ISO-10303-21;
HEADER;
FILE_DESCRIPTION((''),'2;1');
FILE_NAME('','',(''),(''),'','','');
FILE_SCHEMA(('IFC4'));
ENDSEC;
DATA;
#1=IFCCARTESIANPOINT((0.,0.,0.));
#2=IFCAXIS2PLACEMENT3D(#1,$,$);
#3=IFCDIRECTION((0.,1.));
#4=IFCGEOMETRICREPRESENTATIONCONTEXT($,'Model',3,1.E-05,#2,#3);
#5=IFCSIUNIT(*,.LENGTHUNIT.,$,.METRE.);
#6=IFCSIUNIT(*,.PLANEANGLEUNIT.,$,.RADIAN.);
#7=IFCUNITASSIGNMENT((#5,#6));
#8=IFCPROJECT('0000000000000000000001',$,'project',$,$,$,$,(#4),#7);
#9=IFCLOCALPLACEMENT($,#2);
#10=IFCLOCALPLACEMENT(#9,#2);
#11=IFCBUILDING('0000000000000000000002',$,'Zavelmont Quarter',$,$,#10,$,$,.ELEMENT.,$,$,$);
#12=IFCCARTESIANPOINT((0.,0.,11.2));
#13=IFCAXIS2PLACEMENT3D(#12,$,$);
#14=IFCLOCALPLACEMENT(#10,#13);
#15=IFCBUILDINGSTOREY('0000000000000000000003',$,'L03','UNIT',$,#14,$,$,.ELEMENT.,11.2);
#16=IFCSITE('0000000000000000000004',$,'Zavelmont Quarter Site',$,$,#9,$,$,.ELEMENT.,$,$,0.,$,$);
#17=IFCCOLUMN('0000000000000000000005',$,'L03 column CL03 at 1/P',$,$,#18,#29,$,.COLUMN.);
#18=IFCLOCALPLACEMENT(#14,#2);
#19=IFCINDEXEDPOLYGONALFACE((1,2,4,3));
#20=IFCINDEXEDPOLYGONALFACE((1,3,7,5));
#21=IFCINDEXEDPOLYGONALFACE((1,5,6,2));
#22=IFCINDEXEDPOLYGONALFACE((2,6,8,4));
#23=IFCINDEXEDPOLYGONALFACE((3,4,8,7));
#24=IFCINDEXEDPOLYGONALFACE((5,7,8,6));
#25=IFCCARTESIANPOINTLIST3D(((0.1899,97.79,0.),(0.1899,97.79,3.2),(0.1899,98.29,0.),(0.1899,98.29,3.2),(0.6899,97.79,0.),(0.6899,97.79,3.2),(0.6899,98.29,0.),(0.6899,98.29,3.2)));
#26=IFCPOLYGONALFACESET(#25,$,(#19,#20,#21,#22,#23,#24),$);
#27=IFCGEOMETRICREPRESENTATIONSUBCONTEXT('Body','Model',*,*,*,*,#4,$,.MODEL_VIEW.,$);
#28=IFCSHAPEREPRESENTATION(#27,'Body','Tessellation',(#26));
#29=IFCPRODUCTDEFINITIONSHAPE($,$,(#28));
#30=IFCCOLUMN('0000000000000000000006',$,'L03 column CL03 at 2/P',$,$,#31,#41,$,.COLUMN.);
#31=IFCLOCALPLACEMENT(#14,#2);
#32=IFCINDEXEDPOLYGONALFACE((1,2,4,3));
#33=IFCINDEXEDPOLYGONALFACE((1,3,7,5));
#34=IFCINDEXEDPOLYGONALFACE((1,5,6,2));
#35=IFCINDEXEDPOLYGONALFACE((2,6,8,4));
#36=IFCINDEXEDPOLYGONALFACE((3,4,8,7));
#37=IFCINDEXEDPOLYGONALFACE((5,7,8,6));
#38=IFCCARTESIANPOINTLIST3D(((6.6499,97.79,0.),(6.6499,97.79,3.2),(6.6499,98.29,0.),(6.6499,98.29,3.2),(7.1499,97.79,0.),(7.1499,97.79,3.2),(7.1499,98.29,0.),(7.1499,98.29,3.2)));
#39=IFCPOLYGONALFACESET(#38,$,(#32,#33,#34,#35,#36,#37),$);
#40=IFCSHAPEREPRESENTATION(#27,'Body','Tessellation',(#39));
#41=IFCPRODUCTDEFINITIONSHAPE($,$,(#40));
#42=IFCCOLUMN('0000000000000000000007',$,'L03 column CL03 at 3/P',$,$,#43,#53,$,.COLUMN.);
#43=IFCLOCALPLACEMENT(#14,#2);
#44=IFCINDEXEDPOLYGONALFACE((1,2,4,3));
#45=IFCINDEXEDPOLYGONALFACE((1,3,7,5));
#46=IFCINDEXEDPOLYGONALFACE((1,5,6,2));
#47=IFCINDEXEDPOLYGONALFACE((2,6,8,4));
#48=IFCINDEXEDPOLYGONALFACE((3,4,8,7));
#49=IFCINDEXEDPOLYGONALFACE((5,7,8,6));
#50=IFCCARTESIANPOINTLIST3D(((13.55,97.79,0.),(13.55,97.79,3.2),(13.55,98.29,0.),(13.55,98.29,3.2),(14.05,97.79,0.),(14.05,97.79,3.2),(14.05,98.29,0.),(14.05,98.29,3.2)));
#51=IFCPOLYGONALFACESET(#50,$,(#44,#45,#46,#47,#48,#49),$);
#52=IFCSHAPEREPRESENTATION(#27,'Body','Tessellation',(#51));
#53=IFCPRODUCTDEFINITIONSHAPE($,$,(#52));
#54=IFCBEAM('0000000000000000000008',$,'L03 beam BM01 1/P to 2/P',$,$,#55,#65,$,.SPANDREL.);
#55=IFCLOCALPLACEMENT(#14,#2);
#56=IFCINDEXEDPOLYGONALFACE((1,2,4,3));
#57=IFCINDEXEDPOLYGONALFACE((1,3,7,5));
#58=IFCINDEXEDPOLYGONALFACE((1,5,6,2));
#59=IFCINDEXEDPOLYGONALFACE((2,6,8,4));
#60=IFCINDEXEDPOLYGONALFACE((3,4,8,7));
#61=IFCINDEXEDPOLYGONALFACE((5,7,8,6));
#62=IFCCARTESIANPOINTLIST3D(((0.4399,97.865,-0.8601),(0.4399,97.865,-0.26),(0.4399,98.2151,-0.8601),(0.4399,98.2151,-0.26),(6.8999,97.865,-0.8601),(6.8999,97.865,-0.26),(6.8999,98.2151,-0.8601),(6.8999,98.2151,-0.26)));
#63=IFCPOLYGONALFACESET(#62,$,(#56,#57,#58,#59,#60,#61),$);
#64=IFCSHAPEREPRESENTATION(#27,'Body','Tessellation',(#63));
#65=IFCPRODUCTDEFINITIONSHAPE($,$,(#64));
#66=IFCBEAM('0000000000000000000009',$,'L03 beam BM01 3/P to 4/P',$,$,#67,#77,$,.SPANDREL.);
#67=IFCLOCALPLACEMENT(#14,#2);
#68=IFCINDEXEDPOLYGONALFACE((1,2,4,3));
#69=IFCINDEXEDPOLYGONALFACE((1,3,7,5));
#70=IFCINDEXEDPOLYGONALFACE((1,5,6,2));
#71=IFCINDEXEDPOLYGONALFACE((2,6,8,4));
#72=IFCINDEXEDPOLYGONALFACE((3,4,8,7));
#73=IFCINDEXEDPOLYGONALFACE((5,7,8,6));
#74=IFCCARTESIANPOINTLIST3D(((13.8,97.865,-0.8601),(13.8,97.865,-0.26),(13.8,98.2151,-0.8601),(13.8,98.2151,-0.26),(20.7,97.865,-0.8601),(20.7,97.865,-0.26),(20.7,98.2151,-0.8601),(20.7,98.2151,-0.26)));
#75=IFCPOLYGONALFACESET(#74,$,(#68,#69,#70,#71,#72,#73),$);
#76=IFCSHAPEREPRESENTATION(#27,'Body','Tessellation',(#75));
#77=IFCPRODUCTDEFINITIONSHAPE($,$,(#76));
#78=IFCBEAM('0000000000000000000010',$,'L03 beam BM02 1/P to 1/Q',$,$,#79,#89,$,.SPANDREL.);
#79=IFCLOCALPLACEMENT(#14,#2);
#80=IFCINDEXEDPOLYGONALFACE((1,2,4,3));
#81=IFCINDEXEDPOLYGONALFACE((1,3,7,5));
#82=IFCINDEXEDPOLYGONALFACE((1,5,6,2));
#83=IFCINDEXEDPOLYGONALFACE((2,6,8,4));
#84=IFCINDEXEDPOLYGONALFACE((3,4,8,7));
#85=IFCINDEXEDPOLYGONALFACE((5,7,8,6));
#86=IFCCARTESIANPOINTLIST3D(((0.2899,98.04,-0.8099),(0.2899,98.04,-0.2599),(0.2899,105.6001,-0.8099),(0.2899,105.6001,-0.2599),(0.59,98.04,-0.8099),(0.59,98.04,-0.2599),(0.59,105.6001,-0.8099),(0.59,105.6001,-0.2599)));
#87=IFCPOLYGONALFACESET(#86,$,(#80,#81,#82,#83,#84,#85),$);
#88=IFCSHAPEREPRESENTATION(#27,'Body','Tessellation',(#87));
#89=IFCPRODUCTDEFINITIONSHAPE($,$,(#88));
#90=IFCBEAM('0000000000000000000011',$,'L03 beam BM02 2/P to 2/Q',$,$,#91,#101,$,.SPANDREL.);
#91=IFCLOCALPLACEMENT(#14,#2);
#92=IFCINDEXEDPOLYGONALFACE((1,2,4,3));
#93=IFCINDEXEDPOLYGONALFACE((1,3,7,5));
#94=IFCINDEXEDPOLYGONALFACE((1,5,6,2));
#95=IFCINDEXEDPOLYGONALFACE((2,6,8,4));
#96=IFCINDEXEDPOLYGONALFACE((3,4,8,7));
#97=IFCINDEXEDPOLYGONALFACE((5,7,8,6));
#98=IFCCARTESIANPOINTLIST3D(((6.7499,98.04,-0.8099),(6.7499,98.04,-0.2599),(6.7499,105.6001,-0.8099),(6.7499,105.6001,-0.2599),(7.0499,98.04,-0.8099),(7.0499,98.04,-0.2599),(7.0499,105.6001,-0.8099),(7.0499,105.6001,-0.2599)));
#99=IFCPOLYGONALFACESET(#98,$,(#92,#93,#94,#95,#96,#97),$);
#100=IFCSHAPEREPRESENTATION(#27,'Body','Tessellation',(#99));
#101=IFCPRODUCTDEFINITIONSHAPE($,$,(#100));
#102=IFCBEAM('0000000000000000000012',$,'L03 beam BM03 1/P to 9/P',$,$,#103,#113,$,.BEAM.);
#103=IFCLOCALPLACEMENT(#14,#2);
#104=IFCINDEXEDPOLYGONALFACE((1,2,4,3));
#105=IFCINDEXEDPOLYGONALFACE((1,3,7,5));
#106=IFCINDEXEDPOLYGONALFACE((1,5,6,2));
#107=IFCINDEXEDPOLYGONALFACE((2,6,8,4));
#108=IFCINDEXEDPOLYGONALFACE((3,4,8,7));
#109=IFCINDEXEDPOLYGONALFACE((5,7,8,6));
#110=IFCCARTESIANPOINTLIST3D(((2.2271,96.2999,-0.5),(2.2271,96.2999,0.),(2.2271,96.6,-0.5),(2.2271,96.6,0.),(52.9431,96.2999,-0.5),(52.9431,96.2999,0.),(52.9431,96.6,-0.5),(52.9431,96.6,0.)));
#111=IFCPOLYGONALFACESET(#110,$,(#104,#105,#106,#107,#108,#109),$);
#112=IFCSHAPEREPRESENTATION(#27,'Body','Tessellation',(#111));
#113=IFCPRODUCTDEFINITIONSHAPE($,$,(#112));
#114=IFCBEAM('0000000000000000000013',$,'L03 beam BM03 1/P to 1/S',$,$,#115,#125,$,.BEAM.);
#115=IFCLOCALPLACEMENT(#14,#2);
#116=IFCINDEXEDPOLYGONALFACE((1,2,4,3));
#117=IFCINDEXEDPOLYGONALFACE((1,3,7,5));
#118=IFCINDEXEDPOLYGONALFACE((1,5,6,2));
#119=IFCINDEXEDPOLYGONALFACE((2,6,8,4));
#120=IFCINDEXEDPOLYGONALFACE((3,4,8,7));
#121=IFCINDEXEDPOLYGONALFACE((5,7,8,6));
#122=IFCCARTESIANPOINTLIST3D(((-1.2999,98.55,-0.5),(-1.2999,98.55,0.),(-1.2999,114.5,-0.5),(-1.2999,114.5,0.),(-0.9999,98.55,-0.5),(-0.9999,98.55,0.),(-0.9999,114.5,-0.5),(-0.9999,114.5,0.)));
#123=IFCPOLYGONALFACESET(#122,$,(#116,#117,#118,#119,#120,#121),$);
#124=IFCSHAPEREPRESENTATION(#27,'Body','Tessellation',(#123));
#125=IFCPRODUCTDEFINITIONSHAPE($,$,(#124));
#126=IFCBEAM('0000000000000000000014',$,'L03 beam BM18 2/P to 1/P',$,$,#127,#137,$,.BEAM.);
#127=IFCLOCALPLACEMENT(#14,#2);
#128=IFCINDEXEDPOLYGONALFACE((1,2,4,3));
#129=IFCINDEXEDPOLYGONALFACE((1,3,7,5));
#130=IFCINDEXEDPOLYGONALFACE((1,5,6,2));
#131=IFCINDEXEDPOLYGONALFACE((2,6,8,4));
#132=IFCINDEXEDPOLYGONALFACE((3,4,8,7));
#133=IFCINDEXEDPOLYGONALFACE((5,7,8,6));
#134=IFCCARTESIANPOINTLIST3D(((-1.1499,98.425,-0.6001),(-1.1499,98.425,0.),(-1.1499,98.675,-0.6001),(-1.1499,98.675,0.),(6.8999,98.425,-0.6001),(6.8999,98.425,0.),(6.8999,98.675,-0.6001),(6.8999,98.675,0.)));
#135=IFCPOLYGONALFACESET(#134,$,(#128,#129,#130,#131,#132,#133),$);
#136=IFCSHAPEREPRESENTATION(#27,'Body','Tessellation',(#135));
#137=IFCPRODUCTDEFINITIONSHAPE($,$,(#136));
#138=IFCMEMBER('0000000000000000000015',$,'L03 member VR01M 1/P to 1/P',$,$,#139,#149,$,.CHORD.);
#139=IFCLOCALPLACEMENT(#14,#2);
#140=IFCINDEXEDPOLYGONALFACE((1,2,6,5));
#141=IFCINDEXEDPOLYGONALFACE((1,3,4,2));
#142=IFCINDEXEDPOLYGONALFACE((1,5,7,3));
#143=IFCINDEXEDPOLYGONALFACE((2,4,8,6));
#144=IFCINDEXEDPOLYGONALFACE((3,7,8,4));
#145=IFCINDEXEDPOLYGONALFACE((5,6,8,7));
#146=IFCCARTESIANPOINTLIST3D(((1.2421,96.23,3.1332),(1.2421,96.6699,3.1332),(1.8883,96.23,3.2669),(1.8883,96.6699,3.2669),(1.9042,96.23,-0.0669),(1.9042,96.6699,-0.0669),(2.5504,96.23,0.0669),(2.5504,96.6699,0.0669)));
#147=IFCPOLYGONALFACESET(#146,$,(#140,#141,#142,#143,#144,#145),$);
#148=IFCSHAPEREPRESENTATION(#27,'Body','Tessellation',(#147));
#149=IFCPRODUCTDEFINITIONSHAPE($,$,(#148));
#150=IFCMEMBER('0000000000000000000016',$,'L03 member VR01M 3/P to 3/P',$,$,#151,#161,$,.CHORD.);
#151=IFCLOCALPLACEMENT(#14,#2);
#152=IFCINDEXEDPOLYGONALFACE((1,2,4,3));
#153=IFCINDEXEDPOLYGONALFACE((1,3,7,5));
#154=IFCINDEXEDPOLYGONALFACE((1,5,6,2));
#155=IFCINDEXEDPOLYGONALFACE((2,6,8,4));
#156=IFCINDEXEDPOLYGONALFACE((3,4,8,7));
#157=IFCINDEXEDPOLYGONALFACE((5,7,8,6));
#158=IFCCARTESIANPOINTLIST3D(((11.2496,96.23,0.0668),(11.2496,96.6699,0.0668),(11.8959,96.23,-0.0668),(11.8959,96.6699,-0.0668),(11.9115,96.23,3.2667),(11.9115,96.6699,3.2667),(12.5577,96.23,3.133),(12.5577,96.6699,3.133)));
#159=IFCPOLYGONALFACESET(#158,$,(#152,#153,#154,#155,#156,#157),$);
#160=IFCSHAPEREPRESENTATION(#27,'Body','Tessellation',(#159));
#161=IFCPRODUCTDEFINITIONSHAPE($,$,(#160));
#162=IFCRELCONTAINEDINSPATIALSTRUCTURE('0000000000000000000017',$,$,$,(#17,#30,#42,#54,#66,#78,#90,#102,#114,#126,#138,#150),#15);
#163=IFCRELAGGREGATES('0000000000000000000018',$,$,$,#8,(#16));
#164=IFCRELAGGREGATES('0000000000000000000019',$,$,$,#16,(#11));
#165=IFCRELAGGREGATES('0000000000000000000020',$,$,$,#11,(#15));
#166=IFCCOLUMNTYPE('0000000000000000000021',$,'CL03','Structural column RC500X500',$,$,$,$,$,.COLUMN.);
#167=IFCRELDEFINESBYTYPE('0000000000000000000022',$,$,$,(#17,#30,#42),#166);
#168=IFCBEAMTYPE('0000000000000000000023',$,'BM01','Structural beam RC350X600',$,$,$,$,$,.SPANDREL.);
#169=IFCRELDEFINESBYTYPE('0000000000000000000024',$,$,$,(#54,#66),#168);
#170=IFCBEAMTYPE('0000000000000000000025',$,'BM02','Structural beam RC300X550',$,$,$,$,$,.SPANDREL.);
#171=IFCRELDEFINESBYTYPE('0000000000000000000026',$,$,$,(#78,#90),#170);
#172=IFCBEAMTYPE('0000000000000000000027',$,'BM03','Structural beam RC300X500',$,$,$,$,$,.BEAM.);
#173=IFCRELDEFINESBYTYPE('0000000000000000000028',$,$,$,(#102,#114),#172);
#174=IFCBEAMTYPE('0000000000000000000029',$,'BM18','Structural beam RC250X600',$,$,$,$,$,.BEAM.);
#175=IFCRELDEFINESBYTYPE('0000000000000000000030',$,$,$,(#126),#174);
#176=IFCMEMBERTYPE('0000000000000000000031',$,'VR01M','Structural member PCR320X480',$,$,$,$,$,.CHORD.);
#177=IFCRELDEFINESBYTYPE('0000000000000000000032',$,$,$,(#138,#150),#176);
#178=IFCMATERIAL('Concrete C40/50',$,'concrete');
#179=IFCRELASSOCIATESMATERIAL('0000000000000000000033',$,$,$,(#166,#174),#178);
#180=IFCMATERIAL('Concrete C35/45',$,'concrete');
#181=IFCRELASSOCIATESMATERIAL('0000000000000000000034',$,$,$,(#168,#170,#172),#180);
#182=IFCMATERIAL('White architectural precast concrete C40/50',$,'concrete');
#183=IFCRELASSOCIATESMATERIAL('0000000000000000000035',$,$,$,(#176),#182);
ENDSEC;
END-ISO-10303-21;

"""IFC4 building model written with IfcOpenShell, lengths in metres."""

from ifc_helpers import new_model, si_unit, direction, frame, origin, origin_2d, place, context, subcontext, project, spatial, rectangle, extrude, material, material_profile, profile_set, type_object, element, save


model = new_model("IFC4")

# Units and contexts
model_context = context("Model", 3, precision=1e-05, world=origin(), true_north=direction((0.0, 1.0)))
body_context = subcontext(model_context, "Body", "Model", "MODEL_VIEW")
ifc_project = project(units=[si_unit("LENGTHUNIT", "METRE"), si_unit("PLANEANGLEUNIT", "RADIAN")], contexts=[model_context])

# Site, building, storey
site_placement = place(None, origin())
site = spatial("IfcSite", under=ifc_project, at=site_placement, Name="Zavelmont Quarter Site", CompositionType="ELEMENT", RefElevation=0.0)
building_placement = place(site_placement, origin())
building = spatial("IfcBuilding", under=site, at=building_placement, Name="Zavelmont Quarter", CompositionType="ELEMENT")
storey_placement = place(building_placement, frame((0.0, 0.0, 11.2)))
storey = spatial("IfcBuildingStorey", under=building, at=storey_placement, Name="L03", Description="UNIT", CompositionType="ELEMENT", Elevation=11.2)

# Columns
ifc_material_1 = material(Name="Concrete C40/50", Category="concrete")
ifc_material_profile_1 = material_profile(ifc_material_1, rectangle(XDim=0.5, YDim=0.5, at=origin_2d()), Name="RC500X500")
ifc_profile_set_1 = profile_set([ifc_material_profile_1], Name="Concrete C40/50")
column_type = type_object("IfcColumnType", Name="CL03", Description="Structural column RC500X500", PredefinedType="COLUMN", material=ifc_profile_set_1)
for number, where, z_axis, x_axis, name in (
    (1, (0.4399, 98.04, 0.0), (0.0, 0.0, 1.0), (1.0, 0.0, 0.0), "L03 column CL03 at 1/P"),
    (2, (6.8999, 98.04, 0.0), (0.0, 0.0, 1.0), (1.0, 0.0, 0.0), "L03 column CL03 at 2/P"),
    (3, (13.8, 98.04, 0.0), (0.0, 0.0, 1.0), (1.0, 0.0, 0.0), "L03 column CL03 at 3/P"),
):
    element("IfcColumn", number, at=place(storey_placement, frame(where, z_axis=z_axis, x_axis=x_axis)), inside=storey, type_object=column_type, Name=name, PredefinedType="COLUMN", context=body_context, shape_type="SweptSolid", body=[
        extrude(rectangle(XDim=0.5, YDim=0.5, at=origin_2d()), origin(), (0.0, 0.0, 1.0), 3.2),
    ])

# Beams
ifc_material_2 = material(Name="Concrete C35/45", Category="concrete")
ifc_material_profile_2 = material_profile(ifc_material_2, rectangle(XDim=0.3501, YDim=0.6001, at=origin_2d()), Name="RC350X600")
ifc_profile_set_2 = profile_set([ifc_material_profile_2], Name="Concrete C35/45")
beam_type_1 = type_object("IfcBeamType", Name="BM01", Description="Structural beam RC350X600", PredefinedType="SPANDREL", material=ifc_profile_set_2)
beam_1_placement = place(storey_placement, frame((0.4399, 98.04, -0.5601), z_axis=(1.0, 0.0, 0.0), x_axis=(0.0, 1.0, 0.0)))
element("IfcBeam", 4, at=beam_1_placement, inside=storey, type_object=beam_type_1, Name="L03 beam BM01 1/P to 2/P", PredefinedType="SPANDREL", context=body_context, shape_type="SweptSolid", body=[
    extrude(rectangle(XDim=0.3501, YDim=0.6001, at=origin_2d()), origin(), (0.0, 0.0, 1.0), 6.46),
])
beam_2_placement = place(storey_placement, frame((13.8, 98.04, -0.5601), z_axis=(1.0, 0.0, 0.0), x_axis=(0.0, 1.0, 0.0)))
element("IfcBeam", 5, at=beam_2_placement, inside=storey, type_object=beam_type_1, Name="L03 beam BM01 3/P to 4/P", PredefinedType="SPANDREL", context=body_context, shape_type="SweptSolid", body=[
    extrude(rectangle(XDim=0.3501, YDim=0.6001, at=origin_2d()), origin(), (0.0, 0.0, 1.0), 6.8999),
])
ifc_material_profile_3 = material_profile(ifc_material_2, rectangle(XDim=0.3, YDim=0.55, at=origin_2d()), Name="RC300X550")
ifc_profile_set_3 = profile_set([ifc_material_profile_3], Name="Concrete C35/45")
beam_type_2 = type_object("IfcBeamType", Name="BM02", Description="Structural beam RC300X550", PredefinedType="SPANDREL", material=ifc_profile_set_3)
for number, where, z_axis, x_axis, name in (
    (6, (0.4399, 98.04, -0.5349), (0.0, 1.0, 0.0), (-1.0, 0.0, 0.0), "L03 beam BM02 1/P to 1/Q"),
    (7, (6.8999, 98.04, -0.5349), (0.0, 1.0, 0.0), (-1.0, 0.0, 0.0), "L03 beam BM02 2/P to 2/Q"),
):
    element("IfcBeam", number, at=place(storey_placement, frame(where, z_axis=z_axis, x_axis=x_axis)), inside=storey, type_object=beam_type_2, Name=name, PredefinedType="SPANDREL", context=body_context, shape_type="SweptSolid", body=[
        extrude(rectangle(XDim=0.3, YDim=0.55, at=origin_2d()), origin(), (0.0, 0.0, 1.0), 7.5601),
    ])
ifc_material_profile_4 = material_profile(ifc_material_2, rectangle(XDim=0.3, YDim=0.5, at=origin_2d()), Name="RC300X500")
ifc_profile_set_4 = profile_set([ifc_material_profile_4], Name="Concrete C35/45")
beam_type_3 = type_object("IfcBeamType", Name="BM03", Description="Structural beam RC300X500", PredefinedType="BEAM", material=ifc_profile_set_4)
beam_3_placement = place(storey_placement, frame((2.2271, 96.45, -0.25), z_axis=(1.0, 0.0, 0.0), x_axis=(0.0, 1.0, 0.0)))
element("IfcBeam", 8, at=beam_3_placement, inside=storey, type_object=beam_type_3, Name="L03 beam BM03 1/P to 9/P", PredefinedType="BEAM", context=body_context, shape_type="SweptSolid", body=[
    extrude(rectangle(XDim=0.3, YDim=0.5, at=origin_2d()), origin(), (0.0, 0.0, 1.0), 50.7161),
])
beam_4_placement = place(storey_placement, frame((-1.1499, 98.55, -0.25), z_axis=(0.0, 1.0, 0.0), x_axis=(-1.0, 0.0, 0.0)))
element("IfcBeam", 9, at=beam_4_placement, inside=storey, type_object=beam_type_3, Name="L03 beam BM03 1/P to 1/S", PredefinedType="BEAM", context=body_context, shape_type="SweptSolid", body=[
    extrude(rectangle(XDim=0.3, YDim=0.5, at=origin_2d()), origin(), (0.0, 0.0, 1.0), 15.95),
])
ifc_material_profile_5 = material_profile(ifc_material_1, rectangle(XDim=0.25, YDim=0.6001, at=origin_2d()), Name="RC250X600")
ifc_profile_set_5 = profile_set([ifc_material_profile_5], Name="Concrete C40/50")
beam_type_4 = type_object("IfcBeamType", Name="BM18", Description="Structural beam RC250X600", PredefinedType="BEAM", material=ifc_profile_set_5)
beam_5_placement = place(storey_placement, frame((6.8999, 98.55, -0.3), z_axis=(-1.0, 0.0, 0.0), x_axis=(0.0, -1.0, 0.0)))
element("IfcBeam", 10, at=beam_5_placement, inside=storey, type_object=beam_type_4, Name="L03 beam BM18 2/P to 1/P", PredefinedType="BEAM", context=body_context, shape_type="SweptSolid", body=[
    extrude(rectangle(XDim=0.25, YDim=0.6001, at=origin_2d()), origin(), (0.0, 0.0, 1.0), 8.0498),
])

# Members
ifc_material_3 = material(Name="White architectural precast concrete C40/50", Category="concrete")
ifc_material_profile_6 = material_profile(ifc_material_3, rectangle(XDim=0.4399, YDim=0.6599, at=origin_2d()), Name="PCR320X480")
ifc_profile_set_6 = profile_set([ifc_material_profile_6], Name="White architectural precast concrete C40/50")
member_type = type_object("IfcMemberType", Name="VR01M", Description="Structural member PCR320X480", PredefinedType="CHORD", material=ifc_profile_set_6)
member_1_placement = place(storey_placement, frame((2.2273, 96.45, 0.0), z_axis=(-0.20262, 0.0, 0.979257), x_axis=(0.0, -1.0, 0.0)))
element("IfcMember", 11, at=member_1_placement, inside=storey, type_object=member_type, Name="L03 member VR01M 1/P to 1/P", PredefinedType="CHORD", context=body_context, shape_type="SweptSolid", body=[
    extrude(rectangle(XDim=0.4399, YDim=0.6599, at=origin_2d()), origin(), (0.0, 0.0, 1.0), 3.2678),
])
member_2_placement = place(storey_placement, frame((11.5728, 96.45, 0.0), z_axis=(0.202549, 0.0, 0.979272), x_axis=(0.0, 1.0, 0.0)))
element("IfcMember", 12, at=member_2_placement, inside=storey, type_object=member_type, Name="L03 member VR01M 3/P to 3/P", PredefinedType="CHORD", context=body_context, shape_type="SweptSolid", body=[
    extrude(rectangle(XDim=0.4399, YDim=0.6599, at=origin_2d()), origin(), (0.0, 0.0, 1.0), 3.2676),
])

save(model, "model.ifc")
